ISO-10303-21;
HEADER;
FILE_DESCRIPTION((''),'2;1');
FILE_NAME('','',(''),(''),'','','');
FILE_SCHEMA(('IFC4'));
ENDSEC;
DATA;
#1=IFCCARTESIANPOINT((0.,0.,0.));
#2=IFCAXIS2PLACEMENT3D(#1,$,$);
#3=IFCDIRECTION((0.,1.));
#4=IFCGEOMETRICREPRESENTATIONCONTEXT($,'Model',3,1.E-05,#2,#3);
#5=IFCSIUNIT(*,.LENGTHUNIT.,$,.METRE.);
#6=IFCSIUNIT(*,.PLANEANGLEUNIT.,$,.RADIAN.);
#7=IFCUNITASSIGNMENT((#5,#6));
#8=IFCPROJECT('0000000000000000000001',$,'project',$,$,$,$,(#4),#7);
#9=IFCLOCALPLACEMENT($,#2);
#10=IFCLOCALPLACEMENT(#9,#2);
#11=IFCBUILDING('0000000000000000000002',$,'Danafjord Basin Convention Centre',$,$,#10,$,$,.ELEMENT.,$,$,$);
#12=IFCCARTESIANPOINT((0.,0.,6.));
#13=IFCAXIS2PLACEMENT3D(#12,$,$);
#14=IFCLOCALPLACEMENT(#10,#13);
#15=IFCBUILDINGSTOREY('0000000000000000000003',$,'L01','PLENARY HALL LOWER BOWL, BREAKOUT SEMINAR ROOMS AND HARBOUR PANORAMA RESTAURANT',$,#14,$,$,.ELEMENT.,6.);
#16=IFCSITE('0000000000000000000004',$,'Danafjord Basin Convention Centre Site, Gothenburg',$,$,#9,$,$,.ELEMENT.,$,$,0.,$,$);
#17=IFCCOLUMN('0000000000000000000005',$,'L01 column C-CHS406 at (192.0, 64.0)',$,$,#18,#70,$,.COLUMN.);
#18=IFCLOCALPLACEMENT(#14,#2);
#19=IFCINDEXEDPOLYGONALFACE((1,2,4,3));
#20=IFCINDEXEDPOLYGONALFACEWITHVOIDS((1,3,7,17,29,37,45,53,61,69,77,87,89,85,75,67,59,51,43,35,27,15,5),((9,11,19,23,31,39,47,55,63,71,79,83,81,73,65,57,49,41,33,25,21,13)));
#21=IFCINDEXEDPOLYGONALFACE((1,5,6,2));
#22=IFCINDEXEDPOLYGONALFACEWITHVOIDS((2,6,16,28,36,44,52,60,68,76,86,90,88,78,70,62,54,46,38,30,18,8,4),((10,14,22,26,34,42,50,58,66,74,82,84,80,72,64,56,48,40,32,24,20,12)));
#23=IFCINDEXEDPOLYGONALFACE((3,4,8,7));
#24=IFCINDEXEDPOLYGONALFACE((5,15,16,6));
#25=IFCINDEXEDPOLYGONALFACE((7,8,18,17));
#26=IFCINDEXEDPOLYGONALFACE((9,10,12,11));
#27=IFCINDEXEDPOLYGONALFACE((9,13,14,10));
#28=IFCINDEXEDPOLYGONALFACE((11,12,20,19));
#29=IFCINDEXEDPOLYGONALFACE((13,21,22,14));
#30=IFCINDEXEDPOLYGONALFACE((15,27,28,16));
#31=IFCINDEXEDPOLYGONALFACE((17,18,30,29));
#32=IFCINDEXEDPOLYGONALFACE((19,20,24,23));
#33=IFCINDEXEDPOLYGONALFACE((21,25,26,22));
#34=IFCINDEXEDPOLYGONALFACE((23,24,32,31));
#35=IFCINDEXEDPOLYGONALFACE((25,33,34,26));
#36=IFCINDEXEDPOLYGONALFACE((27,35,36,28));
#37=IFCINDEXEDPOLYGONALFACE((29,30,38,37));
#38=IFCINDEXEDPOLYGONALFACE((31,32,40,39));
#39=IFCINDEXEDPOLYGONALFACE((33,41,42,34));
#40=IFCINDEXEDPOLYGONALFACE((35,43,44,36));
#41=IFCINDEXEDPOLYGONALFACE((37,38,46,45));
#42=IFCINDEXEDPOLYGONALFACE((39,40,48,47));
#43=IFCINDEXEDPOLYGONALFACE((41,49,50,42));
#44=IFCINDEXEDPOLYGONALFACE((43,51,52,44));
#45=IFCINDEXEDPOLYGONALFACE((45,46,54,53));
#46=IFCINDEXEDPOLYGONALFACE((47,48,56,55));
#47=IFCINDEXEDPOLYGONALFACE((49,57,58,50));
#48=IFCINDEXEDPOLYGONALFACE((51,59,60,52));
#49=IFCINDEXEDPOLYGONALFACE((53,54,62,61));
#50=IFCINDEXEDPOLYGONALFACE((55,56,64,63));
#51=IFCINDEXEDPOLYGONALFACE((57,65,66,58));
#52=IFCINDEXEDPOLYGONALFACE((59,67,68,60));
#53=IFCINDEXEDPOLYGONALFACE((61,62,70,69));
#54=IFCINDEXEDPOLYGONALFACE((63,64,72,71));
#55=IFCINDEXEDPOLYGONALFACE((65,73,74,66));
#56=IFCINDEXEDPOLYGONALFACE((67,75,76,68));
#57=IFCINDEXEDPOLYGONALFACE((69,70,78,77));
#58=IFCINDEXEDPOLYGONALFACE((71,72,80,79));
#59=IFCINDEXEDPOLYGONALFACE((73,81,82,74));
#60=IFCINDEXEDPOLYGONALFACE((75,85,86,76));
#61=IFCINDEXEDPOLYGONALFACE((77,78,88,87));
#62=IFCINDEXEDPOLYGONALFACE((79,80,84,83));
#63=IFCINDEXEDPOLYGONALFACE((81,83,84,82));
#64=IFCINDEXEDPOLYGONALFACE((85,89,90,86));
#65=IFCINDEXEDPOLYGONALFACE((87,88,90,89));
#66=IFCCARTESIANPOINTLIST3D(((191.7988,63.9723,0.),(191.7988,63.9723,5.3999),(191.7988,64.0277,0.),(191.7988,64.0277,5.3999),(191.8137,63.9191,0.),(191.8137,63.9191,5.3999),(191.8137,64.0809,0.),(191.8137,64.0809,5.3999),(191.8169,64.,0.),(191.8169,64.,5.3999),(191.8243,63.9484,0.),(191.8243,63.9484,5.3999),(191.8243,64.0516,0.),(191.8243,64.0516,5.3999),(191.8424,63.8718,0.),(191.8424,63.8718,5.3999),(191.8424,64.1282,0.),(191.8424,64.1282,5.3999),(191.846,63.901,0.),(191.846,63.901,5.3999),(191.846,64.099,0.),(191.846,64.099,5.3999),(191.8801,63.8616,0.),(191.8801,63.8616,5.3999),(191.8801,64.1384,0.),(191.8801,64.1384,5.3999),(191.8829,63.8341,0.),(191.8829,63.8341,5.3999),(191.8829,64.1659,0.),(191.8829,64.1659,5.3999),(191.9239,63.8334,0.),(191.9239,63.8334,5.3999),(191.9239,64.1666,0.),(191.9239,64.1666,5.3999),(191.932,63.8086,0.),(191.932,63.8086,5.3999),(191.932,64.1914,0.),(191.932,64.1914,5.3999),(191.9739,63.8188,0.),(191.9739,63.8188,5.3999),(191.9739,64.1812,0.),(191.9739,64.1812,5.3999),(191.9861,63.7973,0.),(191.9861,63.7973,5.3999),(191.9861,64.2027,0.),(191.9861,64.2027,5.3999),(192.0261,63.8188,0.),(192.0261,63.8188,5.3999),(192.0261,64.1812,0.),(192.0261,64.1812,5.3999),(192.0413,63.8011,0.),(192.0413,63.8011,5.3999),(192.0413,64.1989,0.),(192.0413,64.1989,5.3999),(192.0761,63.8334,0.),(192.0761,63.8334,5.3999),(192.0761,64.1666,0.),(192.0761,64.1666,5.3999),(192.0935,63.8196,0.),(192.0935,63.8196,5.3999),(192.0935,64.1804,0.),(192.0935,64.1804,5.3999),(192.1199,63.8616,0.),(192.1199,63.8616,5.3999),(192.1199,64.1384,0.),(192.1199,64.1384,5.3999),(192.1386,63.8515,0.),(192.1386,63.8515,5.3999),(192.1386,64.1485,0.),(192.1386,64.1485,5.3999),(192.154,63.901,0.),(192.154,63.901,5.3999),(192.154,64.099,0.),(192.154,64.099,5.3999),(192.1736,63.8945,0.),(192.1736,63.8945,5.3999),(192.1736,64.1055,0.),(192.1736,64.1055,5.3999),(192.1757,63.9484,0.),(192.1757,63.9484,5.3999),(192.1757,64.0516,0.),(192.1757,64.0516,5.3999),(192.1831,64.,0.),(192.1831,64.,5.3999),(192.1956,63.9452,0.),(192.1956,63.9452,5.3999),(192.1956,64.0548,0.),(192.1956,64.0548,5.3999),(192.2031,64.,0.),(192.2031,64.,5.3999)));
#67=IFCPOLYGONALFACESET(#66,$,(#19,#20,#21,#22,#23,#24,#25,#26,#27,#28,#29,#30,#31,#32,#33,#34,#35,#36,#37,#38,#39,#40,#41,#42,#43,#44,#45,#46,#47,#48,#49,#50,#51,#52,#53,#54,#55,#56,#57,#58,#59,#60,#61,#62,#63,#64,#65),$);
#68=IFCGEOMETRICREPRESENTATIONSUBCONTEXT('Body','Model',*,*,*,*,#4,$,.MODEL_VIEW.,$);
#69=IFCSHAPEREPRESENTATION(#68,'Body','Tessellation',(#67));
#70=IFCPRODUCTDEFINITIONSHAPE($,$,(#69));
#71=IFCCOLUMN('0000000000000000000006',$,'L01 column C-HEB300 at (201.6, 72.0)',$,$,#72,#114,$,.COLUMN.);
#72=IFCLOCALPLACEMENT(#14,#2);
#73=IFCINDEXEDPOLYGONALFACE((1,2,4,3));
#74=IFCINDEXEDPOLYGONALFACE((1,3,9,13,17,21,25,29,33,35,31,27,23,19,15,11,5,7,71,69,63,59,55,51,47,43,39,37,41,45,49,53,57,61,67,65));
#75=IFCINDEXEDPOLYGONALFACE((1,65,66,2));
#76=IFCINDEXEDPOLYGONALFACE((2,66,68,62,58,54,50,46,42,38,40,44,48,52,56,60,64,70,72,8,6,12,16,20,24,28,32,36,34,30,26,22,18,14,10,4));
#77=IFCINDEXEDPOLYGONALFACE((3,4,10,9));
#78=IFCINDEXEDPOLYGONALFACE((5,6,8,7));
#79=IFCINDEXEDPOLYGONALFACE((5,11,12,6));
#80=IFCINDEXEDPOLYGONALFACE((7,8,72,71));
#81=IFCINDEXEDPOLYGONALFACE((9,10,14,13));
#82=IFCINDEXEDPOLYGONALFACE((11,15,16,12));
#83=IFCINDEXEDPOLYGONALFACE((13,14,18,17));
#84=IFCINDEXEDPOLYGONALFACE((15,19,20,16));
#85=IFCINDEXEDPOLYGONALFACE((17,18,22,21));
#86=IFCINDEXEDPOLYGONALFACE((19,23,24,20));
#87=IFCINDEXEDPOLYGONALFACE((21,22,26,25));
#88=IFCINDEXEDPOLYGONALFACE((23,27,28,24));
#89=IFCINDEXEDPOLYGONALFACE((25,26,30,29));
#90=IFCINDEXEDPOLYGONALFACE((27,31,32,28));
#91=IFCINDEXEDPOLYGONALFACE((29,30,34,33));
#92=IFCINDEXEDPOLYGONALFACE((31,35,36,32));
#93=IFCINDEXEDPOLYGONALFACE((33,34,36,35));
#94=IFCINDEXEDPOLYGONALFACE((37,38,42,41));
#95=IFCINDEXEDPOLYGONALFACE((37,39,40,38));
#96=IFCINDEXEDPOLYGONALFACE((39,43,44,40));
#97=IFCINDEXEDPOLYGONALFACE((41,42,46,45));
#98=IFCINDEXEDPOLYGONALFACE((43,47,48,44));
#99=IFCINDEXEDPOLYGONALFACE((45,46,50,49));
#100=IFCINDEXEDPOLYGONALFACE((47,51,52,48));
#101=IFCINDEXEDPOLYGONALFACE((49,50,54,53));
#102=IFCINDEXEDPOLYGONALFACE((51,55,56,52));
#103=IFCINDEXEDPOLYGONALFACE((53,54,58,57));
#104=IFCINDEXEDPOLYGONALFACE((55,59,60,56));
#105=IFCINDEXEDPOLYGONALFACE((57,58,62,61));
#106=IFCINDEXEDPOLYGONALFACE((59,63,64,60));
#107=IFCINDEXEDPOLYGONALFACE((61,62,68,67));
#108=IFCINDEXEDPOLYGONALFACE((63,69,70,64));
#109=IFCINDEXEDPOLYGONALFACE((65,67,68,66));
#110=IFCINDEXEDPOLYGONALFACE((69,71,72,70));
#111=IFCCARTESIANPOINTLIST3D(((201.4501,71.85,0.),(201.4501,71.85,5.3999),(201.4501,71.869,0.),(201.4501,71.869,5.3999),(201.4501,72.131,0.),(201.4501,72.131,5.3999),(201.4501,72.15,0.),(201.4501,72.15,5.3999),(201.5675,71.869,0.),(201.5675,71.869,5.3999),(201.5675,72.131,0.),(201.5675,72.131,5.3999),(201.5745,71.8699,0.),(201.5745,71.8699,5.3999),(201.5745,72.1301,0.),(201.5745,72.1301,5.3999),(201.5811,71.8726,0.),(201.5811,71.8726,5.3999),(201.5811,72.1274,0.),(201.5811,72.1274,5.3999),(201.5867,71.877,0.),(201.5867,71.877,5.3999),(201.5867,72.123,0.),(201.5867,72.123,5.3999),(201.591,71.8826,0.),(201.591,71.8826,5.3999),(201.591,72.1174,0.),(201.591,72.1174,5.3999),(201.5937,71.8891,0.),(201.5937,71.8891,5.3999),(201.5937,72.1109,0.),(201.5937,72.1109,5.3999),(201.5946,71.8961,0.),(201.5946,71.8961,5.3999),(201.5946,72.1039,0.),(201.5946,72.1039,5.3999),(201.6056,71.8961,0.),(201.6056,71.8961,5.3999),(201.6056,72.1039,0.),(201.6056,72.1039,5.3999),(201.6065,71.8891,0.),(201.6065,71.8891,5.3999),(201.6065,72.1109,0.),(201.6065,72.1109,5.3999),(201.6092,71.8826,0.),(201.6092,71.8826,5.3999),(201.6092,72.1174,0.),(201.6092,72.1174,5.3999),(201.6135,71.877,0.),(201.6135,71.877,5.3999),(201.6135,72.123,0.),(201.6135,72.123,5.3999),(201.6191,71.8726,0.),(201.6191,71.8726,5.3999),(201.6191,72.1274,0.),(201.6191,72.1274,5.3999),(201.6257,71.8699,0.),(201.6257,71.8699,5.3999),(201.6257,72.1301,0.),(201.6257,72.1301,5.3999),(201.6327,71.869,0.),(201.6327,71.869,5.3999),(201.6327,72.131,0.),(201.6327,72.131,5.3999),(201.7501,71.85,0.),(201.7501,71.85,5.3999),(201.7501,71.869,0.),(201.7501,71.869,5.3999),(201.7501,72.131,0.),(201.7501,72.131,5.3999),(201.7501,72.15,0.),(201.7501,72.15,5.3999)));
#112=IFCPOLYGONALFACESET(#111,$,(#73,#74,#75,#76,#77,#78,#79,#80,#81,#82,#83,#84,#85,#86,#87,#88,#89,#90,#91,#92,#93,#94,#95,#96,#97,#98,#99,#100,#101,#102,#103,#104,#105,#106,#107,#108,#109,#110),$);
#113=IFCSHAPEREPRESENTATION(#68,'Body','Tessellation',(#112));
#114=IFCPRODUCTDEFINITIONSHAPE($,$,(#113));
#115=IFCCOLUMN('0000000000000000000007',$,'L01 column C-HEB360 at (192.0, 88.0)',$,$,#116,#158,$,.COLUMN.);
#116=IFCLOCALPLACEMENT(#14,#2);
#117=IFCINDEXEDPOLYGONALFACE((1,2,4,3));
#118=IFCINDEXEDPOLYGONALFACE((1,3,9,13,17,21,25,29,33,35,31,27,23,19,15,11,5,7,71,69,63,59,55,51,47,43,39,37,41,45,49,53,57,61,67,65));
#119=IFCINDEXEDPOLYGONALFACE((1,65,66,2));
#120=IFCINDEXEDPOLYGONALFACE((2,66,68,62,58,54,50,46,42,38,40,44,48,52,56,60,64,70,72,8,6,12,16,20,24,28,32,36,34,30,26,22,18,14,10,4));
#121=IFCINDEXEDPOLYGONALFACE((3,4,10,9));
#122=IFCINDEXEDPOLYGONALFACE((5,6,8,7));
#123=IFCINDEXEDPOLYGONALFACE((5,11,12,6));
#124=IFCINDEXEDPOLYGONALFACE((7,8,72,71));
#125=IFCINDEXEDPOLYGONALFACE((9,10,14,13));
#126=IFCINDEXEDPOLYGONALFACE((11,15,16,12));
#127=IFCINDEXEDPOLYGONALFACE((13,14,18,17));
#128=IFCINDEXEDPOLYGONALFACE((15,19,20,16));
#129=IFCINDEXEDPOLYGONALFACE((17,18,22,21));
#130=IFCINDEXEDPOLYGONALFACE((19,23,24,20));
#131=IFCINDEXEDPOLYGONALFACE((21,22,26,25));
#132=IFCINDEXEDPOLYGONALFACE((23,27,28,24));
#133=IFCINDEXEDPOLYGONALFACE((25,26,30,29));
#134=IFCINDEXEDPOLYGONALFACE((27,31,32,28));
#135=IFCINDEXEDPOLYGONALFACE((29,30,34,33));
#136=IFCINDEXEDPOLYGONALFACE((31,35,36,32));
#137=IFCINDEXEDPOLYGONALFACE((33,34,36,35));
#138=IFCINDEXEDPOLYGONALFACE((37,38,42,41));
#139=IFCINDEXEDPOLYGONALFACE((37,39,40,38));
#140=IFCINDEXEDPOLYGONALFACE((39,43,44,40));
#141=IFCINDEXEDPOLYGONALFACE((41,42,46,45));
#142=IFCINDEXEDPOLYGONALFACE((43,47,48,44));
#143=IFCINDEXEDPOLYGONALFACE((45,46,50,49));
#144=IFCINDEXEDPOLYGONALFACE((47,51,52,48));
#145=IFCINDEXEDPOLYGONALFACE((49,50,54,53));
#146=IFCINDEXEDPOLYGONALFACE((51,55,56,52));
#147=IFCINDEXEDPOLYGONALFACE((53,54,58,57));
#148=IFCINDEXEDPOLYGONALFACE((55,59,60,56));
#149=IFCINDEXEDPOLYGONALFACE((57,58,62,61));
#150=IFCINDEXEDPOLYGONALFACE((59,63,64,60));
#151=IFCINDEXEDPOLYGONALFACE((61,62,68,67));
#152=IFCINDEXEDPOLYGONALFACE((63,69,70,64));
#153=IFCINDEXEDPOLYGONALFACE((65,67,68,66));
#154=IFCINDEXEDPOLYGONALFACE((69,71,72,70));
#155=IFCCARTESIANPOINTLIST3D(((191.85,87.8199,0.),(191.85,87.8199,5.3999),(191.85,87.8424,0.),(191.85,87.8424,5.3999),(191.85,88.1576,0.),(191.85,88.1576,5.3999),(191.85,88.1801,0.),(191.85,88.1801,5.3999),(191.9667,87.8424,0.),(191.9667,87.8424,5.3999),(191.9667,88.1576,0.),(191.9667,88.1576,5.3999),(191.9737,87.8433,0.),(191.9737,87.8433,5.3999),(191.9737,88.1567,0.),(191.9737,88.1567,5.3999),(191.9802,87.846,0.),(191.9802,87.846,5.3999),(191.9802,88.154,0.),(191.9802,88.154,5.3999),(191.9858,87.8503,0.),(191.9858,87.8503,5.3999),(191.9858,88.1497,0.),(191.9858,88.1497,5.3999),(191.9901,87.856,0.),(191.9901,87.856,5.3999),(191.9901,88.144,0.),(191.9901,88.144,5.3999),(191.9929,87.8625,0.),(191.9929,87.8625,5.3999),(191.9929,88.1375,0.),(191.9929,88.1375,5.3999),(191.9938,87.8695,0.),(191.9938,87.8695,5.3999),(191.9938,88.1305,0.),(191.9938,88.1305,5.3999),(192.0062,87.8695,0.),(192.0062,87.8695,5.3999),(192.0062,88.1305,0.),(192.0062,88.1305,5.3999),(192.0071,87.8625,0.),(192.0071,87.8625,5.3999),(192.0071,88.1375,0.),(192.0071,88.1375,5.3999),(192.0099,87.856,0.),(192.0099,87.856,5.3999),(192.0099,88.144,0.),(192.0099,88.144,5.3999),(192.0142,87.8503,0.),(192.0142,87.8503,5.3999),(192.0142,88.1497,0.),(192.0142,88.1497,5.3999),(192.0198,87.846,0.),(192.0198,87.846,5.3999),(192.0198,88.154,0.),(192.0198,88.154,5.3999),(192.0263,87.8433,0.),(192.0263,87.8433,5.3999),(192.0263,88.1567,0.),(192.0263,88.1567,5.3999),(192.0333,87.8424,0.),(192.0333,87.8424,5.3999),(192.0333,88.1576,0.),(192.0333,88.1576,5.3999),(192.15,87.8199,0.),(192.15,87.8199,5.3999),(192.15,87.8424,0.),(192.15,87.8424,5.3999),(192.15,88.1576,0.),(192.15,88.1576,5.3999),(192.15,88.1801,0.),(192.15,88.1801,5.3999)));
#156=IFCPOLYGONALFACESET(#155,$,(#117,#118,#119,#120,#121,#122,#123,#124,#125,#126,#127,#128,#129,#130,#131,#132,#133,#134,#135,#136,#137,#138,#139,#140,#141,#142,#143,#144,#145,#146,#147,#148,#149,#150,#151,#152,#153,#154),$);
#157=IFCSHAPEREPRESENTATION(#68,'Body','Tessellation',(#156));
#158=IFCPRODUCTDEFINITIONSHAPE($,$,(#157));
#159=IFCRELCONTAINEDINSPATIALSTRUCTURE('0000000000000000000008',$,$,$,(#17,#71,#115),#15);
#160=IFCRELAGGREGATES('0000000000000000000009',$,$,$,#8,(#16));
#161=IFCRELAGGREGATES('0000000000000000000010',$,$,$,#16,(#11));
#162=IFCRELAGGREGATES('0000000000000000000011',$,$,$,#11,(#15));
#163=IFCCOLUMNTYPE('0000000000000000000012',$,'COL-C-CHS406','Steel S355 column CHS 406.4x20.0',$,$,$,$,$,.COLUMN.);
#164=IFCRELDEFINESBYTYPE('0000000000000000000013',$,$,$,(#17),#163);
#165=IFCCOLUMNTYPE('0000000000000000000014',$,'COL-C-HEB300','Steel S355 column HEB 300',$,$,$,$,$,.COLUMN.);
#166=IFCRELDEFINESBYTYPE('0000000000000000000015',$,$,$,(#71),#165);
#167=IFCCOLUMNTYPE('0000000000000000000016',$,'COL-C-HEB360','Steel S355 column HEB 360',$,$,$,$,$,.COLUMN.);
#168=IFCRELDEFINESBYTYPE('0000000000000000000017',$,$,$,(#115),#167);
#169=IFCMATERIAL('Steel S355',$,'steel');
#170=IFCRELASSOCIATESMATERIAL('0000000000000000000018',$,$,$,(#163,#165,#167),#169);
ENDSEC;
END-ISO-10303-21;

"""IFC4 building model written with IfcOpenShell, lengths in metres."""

from ifc_helpers import new_model, si_unit, direction, frame, origin, origin_2d, place, context, subcontext, project, spatial, hollow_circle, i_section, extrude, material, material_profile, profile_set, type_object, element, save


model = new_model("IFC4")

# Units and contexts
model_context = context("Model", 3, precision=1e-05, world=origin(), true_north=direction((0.0, 1.0)))
body_context = subcontext(model_context, "Body", "Model", "MODEL_VIEW")
ifc_project = project(units=[si_unit("LENGTHUNIT", "METRE"), si_unit("PLANEANGLEUNIT", "RADIAN")], contexts=[model_context])

# Site, building, storey
site_placement = place(None, origin())
site = spatial("IfcSite", under=ifc_project, at=site_placement, Name="Danafjord Basin Convention Centre Site, Gothenburg", CompositionType="ELEMENT", RefElevation=0.0)
building_placement = place(site_placement, origin())
building = spatial("IfcBuilding", under=site, at=building_placement, Name="Danafjord Basin Convention Centre", CompositionType="ELEMENT")
storey_placement = place(building_placement, frame((0.0, 0.0, 6.0)))
storey = spatial("IfcBuildingStorey", under=building, at=storey_placement, Name="L01", Description="PLENARY HALL LOWER BOWL, BREAKOUT SEMINAR ROOMS AND HARBOUR PANORAMA RESTAURANT", CompositionType="ELEMENT", Elevation=6.0)

# Columns
ifc_material_1 = material(Name="Steel S355", Category="steel")
ifc_material_profile_1 = material_profile(ifc_material_1, hollow_circle(Radius=0.2031, WallThickness=0.02, at=origin_2d()), Name="CHS 406.4x20.0")
ifc_profile_set_1 = profile_set([ifc_material_profile_1], Name="Steel S355")
column_type_1 = type_object("IfcColumnType", Name="COL-C-CHS406", Description="Steel S355 column CHS 406.4x20.0", PredefinedType="COLUMN", material=ifc_profile_set_1)
column_1_placement = place(storey_placement, frame((192.0, 64.0, 0.0), z_axis=(0.0, 0.0, 1.0), x_axis=(1.0, 0.0, 0.0)))
element("IfcColumn", 1, at=column_1_placement, inside=storey, type_object=column_type_1, Name="L01 column C-CHS406 at (192.0, 64.0)", PredefinedType="COLUMN", context=body_context, shape_type="SweptSolid", body=[
    extrude(hollow_circle(Radius=0.2031, WallThickness=0.02, at=origin_2d()), origin(), (0.0, 0.0, 1.0), 5.3999),
])
ifc_material_profile_2 = material_profile(ifc_material_1, i_section(OverallWidth=0.3, OverallDepth=0.3, WebThickness=0.011, FlangeThickness=0.019, FilletRadius=0.0271, at=origin_2d()), Name="HEB 300")
ifc_profile_set_2 = profile_set([ifc_material_profile_2], Name="Steel S355")
column_type_2 = type_object("IfcColumnType", Name="COL-C-HEB300", Description="Steel S355 column HEB 300", PredefinedType="COLUMN", material=ifc_profile_set_2)
column_2_placement = place(storey_placement, frame((201.6001, 72.0, 0.0), z_axis=(0.0, 0.0, 1.0), x_axis=(1.0, 0.0, 0.0)))
element("IfcColumn", 2, at=column_2_placement, inside=storey, type_object=column_type_2, Name="L01 column C-HEB300 at (201.6, 72.0)", PredefinedType="COLUMN", context=body_context, shape_type="SweptSolid", body=[
    extrude(i_section(OverallWidth=0.3, OverallDepth=0.3, WebThickness=0.011, FlangeThickness=0.019, FilletRadius=0.0271, at=origin_2d()), origin(), (0.0, 0.0, 1.0), 5.3999),
])
ifc_material_profile_3 = material_profile(ifc_material_1, i_section(OverallWidth=0.3, OverallDepth=0.3601, WebThickness=0.0125, FlangeThickness=0.0225, FilletRadius=0.0271, at=origin_2d()), Name="HEB 360")
ifc_profile_set_3 = profile_set([ifc_material_profile_3], Name="Steel S355")
column_type_3 = type_object("IfcColumnType", Name="COL-C-HEB360", Description="Steel S355 column HEB 360", PredefinedType="COLUMN", material=ifc_profile_set_3)
for number, where, z_axis, x_axis, name in (
    (3, (192.0, 88.0, 0.0), (0.0, 0.0, 1.0), (1.0, 0.0, 0.0), "L01 column C-HEB360 at (192.0, 88.0)"),
):
    element("IfcColumn", number, at=place(storey_placement, frame(where, z_axis=z_axis, x_axis=x_axis)), inside=storey, type_object=column_type_3, Name=name, PredefinedType="COLUMN", context=body_context, shape_type="SweptSolid", body=[
        extrude(i_section(OverallWidth=0.3, OverallDepth=0.3601, WebThickness=0.0125, FlangeThickness=0.0225, FilletRadius=0.0271, at=origin_2d()), origin(), (0.0, 0.0, 1.0), 5.3999),
    ])

save(model, "model.ifc")
